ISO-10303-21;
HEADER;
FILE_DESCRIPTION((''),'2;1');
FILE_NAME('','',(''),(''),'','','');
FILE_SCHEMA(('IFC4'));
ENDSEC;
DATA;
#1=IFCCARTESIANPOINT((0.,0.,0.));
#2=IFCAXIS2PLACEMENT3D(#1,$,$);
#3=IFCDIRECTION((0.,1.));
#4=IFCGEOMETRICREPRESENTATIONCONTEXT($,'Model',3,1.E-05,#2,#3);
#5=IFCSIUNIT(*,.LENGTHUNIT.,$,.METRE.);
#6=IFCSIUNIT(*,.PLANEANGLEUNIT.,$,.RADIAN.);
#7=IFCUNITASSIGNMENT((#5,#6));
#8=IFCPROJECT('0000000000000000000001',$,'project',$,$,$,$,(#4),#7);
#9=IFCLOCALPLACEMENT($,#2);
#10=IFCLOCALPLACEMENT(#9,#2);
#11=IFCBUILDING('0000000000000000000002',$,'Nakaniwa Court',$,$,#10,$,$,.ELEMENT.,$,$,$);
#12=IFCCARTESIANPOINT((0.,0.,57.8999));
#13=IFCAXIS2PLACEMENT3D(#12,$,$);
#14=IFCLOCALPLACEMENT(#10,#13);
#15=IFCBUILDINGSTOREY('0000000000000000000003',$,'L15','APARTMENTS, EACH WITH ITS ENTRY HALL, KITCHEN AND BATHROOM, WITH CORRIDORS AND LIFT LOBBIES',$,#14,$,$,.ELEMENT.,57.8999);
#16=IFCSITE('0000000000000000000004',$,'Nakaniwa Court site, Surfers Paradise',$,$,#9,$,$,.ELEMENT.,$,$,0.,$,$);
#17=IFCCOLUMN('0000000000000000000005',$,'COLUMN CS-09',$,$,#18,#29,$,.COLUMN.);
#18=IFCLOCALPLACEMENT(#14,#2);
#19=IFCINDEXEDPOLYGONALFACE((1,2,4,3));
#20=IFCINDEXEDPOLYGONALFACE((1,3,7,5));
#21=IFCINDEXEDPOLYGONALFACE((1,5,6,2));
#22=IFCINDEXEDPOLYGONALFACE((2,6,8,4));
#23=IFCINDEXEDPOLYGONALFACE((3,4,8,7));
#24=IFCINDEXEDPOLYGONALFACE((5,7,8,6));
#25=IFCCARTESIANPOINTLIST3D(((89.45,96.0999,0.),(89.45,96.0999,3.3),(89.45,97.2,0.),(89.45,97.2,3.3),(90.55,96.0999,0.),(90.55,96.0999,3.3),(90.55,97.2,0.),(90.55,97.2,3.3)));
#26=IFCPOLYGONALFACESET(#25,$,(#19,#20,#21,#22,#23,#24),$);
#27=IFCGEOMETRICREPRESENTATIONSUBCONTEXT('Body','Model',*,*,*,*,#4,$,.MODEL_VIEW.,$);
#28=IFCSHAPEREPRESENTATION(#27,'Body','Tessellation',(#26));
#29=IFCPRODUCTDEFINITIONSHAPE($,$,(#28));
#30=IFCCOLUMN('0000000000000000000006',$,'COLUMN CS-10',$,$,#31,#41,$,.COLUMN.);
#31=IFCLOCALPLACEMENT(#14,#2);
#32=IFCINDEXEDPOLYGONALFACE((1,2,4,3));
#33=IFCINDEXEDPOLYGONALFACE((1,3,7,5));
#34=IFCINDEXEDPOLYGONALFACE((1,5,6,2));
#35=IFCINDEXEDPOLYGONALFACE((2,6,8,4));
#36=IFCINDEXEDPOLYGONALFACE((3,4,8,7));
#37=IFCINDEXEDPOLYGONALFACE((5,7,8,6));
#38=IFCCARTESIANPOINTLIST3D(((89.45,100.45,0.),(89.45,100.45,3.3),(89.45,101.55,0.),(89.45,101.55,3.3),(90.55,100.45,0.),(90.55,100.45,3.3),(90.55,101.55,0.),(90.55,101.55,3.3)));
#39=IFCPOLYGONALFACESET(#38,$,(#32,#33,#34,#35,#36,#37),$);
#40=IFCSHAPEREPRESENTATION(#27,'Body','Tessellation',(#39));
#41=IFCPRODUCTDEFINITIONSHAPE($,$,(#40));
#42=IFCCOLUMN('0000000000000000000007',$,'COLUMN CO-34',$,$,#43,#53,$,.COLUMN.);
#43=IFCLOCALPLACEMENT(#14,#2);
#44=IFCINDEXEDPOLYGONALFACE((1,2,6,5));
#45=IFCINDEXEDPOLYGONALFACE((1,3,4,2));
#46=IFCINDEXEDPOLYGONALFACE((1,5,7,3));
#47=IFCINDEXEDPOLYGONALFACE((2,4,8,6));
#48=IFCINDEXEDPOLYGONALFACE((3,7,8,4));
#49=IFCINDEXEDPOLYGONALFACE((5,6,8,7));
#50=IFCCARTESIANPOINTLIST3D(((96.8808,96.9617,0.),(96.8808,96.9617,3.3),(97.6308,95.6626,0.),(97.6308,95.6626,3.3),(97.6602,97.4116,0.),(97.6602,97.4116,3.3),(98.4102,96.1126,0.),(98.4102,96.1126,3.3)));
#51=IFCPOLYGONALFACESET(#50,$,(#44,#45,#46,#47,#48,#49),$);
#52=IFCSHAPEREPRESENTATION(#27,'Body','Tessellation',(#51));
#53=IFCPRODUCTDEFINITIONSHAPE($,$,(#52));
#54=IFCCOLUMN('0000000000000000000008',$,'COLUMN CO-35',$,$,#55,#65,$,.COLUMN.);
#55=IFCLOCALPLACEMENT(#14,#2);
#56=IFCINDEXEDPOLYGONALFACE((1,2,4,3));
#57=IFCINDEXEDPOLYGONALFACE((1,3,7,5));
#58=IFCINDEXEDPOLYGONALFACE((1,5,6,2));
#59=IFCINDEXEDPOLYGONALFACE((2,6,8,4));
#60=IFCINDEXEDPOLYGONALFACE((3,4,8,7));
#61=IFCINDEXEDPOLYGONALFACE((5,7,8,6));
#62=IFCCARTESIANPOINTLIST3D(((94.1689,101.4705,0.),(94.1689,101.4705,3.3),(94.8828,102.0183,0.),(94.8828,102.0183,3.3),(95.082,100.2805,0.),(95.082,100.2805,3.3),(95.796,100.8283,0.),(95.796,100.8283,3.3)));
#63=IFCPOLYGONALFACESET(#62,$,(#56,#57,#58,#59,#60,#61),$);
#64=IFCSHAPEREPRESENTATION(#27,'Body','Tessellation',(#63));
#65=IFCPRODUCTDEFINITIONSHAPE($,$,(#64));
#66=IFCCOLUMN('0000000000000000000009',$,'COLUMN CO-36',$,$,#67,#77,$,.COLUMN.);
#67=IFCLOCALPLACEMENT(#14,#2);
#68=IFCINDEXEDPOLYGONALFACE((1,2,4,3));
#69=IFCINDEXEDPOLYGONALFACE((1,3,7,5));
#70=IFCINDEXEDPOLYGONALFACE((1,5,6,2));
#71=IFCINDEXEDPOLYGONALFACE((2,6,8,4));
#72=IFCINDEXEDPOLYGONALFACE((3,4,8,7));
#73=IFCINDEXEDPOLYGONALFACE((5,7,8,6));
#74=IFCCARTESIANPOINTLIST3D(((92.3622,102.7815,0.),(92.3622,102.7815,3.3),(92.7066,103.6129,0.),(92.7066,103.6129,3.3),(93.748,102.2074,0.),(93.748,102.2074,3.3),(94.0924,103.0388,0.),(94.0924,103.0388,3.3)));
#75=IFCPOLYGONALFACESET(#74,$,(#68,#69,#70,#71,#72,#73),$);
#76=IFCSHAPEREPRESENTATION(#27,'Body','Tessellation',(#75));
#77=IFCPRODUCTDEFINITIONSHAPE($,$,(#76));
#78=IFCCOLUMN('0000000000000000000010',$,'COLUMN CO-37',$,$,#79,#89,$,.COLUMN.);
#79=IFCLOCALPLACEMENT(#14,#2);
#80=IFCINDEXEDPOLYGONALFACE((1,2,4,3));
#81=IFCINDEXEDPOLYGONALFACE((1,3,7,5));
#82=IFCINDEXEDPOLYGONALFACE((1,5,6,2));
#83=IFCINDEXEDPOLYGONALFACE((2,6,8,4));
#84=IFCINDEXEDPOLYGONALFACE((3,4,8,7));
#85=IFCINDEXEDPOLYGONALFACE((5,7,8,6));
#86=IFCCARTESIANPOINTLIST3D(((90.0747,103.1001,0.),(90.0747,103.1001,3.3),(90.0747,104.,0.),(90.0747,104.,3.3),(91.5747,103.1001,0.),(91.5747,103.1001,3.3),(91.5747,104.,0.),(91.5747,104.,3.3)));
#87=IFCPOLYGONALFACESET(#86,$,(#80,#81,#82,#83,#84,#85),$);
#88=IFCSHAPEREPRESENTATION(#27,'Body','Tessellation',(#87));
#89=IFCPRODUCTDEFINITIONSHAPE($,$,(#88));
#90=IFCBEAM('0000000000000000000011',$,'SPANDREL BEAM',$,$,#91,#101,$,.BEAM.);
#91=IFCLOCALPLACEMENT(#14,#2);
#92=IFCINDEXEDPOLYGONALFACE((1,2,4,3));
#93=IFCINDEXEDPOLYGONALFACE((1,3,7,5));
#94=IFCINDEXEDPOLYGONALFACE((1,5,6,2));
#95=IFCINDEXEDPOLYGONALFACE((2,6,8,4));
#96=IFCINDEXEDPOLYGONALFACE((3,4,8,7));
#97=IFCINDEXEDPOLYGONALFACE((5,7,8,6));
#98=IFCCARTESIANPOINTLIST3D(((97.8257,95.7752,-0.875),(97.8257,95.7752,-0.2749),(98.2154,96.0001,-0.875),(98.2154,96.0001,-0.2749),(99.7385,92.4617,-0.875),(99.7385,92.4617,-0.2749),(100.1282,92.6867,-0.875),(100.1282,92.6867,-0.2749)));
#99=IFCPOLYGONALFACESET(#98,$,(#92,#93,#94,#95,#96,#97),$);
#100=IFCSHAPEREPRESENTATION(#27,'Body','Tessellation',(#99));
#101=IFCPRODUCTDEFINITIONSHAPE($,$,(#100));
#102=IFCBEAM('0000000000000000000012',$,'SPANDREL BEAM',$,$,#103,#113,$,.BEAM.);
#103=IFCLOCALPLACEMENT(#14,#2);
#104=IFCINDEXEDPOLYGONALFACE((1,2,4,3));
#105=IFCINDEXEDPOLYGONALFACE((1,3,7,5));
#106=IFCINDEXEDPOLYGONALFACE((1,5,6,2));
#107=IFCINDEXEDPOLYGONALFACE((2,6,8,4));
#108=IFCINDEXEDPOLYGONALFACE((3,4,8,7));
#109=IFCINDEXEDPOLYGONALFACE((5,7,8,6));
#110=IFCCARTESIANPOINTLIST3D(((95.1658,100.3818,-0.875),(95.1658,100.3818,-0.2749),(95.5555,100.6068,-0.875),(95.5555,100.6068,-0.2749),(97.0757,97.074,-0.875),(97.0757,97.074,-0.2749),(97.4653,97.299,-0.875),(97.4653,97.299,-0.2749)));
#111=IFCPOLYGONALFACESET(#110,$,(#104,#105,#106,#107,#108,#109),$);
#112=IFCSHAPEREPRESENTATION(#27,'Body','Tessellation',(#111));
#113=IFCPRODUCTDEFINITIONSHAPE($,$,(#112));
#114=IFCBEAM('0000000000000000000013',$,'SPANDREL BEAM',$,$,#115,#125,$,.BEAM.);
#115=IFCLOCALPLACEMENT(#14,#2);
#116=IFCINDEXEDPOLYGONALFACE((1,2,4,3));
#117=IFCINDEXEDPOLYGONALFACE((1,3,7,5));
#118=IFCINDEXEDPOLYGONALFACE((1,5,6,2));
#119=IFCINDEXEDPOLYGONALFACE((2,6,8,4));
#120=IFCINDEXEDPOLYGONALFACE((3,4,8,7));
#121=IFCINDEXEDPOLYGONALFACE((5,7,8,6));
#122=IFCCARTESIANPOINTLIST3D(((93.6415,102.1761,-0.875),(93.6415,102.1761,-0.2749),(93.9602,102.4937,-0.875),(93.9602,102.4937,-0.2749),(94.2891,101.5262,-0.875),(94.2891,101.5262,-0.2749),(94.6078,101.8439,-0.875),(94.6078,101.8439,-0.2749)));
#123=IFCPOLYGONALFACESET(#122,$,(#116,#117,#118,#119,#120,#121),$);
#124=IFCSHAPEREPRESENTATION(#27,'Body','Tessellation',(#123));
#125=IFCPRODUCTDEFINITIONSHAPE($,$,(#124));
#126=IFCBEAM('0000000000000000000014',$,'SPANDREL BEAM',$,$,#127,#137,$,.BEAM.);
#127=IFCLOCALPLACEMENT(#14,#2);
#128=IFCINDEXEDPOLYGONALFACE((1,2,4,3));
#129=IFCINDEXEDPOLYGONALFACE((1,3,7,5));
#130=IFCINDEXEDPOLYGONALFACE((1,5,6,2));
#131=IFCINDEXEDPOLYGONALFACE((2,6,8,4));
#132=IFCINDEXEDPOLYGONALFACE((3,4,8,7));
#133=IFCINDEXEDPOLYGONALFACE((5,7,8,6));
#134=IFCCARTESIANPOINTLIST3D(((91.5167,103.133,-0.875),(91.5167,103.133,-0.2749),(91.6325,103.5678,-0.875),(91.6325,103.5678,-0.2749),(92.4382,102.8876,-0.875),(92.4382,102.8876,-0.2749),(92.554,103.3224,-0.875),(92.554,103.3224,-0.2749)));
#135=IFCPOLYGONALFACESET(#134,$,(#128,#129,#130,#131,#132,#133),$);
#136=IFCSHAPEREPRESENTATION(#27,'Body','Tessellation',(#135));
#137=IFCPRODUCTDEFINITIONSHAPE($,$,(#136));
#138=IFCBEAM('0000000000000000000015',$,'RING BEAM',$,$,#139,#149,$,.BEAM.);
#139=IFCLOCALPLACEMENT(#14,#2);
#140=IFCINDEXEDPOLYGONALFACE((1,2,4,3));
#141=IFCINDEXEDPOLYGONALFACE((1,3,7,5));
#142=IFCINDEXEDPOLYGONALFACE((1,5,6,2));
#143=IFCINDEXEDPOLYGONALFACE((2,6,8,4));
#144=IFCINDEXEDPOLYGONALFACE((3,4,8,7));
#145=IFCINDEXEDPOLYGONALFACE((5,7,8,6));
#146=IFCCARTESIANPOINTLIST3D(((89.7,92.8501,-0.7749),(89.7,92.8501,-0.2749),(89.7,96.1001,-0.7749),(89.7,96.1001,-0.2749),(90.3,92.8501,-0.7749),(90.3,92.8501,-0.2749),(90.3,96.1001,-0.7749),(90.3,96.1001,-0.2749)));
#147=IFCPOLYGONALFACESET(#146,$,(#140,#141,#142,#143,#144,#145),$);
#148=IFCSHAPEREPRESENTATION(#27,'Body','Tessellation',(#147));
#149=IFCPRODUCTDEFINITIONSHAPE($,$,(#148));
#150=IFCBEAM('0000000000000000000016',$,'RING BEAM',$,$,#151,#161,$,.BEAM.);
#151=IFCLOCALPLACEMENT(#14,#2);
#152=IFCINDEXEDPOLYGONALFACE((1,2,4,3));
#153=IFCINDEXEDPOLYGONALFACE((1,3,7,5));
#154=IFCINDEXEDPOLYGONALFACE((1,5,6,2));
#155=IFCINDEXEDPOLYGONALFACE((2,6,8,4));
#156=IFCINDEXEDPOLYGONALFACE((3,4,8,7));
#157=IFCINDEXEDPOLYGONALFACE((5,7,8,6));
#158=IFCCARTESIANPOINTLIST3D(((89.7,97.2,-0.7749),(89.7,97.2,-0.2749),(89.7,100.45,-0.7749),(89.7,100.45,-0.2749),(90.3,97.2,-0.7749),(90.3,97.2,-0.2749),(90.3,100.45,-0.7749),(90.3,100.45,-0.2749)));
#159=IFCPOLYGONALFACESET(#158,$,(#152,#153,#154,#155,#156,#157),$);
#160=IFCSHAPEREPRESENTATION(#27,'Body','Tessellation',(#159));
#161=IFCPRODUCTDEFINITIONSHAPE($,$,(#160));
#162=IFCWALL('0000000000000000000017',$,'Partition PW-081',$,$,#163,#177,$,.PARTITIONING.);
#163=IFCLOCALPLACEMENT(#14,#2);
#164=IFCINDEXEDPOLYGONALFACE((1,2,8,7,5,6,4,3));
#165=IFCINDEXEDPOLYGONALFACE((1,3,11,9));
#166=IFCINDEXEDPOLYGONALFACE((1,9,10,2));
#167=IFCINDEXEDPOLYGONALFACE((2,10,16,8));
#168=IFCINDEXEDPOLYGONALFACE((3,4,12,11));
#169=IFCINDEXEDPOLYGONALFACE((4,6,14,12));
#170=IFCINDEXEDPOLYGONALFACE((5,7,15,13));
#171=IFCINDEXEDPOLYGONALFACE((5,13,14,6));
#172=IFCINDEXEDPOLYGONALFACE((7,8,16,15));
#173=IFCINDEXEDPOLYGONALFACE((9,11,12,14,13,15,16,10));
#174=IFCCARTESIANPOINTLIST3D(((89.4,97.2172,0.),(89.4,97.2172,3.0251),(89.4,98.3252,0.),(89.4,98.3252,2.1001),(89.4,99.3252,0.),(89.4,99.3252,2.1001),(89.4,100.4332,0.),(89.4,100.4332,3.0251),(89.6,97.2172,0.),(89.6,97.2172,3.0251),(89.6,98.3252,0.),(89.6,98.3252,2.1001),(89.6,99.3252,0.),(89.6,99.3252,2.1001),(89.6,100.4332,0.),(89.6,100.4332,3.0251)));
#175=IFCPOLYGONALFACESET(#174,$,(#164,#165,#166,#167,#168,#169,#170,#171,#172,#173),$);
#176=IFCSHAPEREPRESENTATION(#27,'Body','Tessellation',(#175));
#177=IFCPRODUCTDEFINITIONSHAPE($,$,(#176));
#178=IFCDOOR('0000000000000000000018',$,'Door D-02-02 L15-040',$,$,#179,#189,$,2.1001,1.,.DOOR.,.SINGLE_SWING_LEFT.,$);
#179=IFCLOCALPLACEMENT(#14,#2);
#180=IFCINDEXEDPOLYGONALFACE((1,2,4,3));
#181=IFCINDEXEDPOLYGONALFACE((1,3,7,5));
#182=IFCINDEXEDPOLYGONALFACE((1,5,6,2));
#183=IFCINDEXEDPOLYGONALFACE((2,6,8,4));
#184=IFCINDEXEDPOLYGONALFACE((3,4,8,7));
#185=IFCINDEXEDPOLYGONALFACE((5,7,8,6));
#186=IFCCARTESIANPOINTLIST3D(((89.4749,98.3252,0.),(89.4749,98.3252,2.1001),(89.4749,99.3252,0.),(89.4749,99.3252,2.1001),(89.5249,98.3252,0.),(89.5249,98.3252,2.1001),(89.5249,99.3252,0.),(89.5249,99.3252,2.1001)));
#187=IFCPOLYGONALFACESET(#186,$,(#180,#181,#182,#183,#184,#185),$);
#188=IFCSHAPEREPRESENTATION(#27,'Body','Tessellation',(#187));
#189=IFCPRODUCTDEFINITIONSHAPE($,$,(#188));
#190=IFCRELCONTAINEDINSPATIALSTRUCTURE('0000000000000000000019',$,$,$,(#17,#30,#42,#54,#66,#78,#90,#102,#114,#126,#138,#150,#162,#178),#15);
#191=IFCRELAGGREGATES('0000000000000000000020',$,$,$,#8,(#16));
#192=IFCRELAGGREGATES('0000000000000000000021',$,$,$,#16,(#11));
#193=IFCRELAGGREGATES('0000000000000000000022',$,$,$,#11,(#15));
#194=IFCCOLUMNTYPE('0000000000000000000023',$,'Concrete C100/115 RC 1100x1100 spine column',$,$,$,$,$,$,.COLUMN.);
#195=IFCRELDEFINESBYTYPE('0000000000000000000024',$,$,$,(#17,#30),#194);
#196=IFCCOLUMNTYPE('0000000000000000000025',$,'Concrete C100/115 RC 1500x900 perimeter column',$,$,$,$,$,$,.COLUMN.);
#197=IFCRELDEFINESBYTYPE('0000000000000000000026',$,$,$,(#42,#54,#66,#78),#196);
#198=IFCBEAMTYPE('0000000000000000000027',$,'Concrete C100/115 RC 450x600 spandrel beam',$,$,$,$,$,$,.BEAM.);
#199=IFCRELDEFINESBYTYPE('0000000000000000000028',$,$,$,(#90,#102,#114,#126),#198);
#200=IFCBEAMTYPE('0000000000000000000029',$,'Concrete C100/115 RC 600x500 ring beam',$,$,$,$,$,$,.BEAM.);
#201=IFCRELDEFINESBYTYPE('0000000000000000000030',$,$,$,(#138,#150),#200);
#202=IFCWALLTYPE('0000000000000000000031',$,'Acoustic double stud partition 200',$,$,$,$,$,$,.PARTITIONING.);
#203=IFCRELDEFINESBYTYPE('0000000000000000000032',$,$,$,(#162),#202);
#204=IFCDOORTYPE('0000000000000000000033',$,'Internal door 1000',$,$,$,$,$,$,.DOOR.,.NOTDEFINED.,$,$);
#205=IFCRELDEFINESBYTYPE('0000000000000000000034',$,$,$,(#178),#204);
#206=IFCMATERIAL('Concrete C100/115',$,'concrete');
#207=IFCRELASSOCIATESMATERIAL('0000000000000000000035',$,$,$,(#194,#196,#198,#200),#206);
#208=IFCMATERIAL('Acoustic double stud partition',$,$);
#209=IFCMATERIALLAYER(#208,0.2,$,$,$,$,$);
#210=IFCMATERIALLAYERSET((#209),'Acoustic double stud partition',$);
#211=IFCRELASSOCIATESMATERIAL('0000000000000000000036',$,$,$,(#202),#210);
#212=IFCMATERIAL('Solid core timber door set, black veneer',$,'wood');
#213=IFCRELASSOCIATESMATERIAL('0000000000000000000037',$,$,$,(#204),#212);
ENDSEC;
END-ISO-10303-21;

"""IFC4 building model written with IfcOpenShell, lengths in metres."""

from ifc_helpers import new_model, si_unit, direction, frame, frame_2d, origin, origin_2d, place, context, subcontext, project, spatial, rectangle, extrude, material, layer, layer_set, material_profile, profile_set, type_object, element, fill, save


model = new_model("IFC4")

# Units and contexts
model_context = context("Model", 3, precision=1e-05, world=origin(), true_north=direction((0.0, 1.0)))
body_context = subcontext(model_context, "Body", "Model", "MODEL_VIEW")
ifc_project = project(units=[si_unit("LENGTHUNIT", "METRE"), si_unit("PLANEANGLEUNIT", "RADIAN")], contexts=[model_context])

# Site, building, storey
site_placement = place(None, origin())
site = spatial("IfcSite", under=ifc_project, at=site_placement, Name="Nakaniwa Court site, Surfers Paradise", CompositionType="ELEMENT", RefElevation=0.0)
building_placement = place(site_placement, origin())
building = spatial("IfcBuilding", under=site, at=building_placement, Name="Nakaniwa Court", CompositionType="ELEMENT")
storey_placement = place(building_placement, frame((0.0, 0.0, 57.8999)))
storey = spatial("IfcBuildingStorey", under=building, at=storey_placement, Name="L15", Description="APARTMENTS, EACH WITH ITS ENTRY HALL, KITCHEN AND BATHROOM, WITH CORRIDORS AND LIFT LOBBIES", CompositionType="ELEMENT", Elevation=57.8999)

# Columns
ifc_material_1 = material(Name="Concrete C100/115", Category="concrete")
ifc_material_profile_1 = material_profile(ifc_material_1, rectangle(XDim=1.1001, YDim=1.1001, at=origin_2d()), Name="Concrete C100/115 RC 1100x1100 spine column")
ifc_profile_set_1 = profile_set([ifc_material_profile_1], Name="Concrete C100/115")
column_type_1 = type_object("IfcColumnType", Name="Concrete C100/115 RC 1100x1100 spine column", PredefinedType="COLUMN", material=ifc_profile_set_1)
for number, where, z_axis, x_axis, name in (
    (1, (90.0, 96.6499, 0.0), (0.0, 0.0, 1.0), (0.0, 1.0, 0.0), "COLUMN CS-09"),
    (2, (90.0, 101.0, 0.0), (0.0, 0.0, 1.0), (0.0, 1.0, 0.0), "COLUMN CS-10"),
):
    element("IfcColumn", number, at=place(storey_placement, frame(where, z_axis=z_axis, x_axis=x_axis)), inside=storey, type_object=column_type_1, Name=name, PredefinedType="COLUMN", context=body_context, shape_type="SweptSolid", body=[
        extrude(rectangle(XDim=1.1001, YDim=1.1001, at=origin_2d()), origin(), (0.0, 0.0, 1.0), 3.3),
    ])
ifc_material_profile_2 = material_profile(ifc_material_1, rectangle(XDim=1.5, YDim=0.8999, at=origin_2d()), Name="Concrete C100/115 RC 1500x900 perimeter column")
ifc_profile_set_2 = profile_set([ifc_material_profile_2], Name="Concrete C100/115")
column_type_2 = type_object("IfcColumnType", Name="Concrete C100/115 RC 1500x900 perimeter column", PredefinedType="COLUMN", material=ifc_profile_set_2)
for number, where, z_axis, x_axis, name in (
    (3, (97.6455, 96.5371, 0.0), (0.0, 0.0, 1.0), (-0.5, 0.866025, 0.0), "COLUMN CO-34"),
    (4, (94.9824, 101.1494, 0.0), (0.0, 0.0, 1.0), (-0.608761, 0.793353, 0.0), "COLUMN CO-35"),
    (5, (93.2273, 102.9102, 0.0), (0.0, 0.0, 1.0), (-0.92388, 0.382683, 0.0), "COLUMN CO-36"),
    (6, (90.8247, 103.55, 0.0), (0.0, 0.0, 1.0), (-1.0, 0.0, 0.0), "COLUMN CO-37"),
):
    element("IfcColumn", number, at=place(storey_placement, frame(where, z_axis=z_axis, x_axis=x_axis)), inside=storey, type_object=column_type_2, Name=name, PredefinedType="COLUMN", context=body_context, shape_type="SweptSolid", body=[
        extrude(rectangle(XDim=1.5, YDim=0.8999, at=origin_2d()), origin(), (0.0, 0.0, 1.0), 3.3),
    ])

# Beams
ifc_material_profile_3 = material_profile(ifc_material_1, rectangle(XDim=0.45, YDim=0.6001, at=origin_2d()), Name="Concrete C100/115 RC 450x600 spandrel beam")
ifc_profile_set_3 = profile_set([ifc_material_profile_3], Name="Concrete C100/115")
beam_type_1 = type_object("IfcBeamType", Name="Concrete C100/115 RC 450x600 spandrel beam", PredefinedType="BEAM", material=ifc_profile_set_3)
beam_1_placement = place(storey_placement, frame((99.9333, 92.5742, -0.575), z_axis=(-0.499962, 0.866047, 0.0), x_axis=(-0.866047, -0.499962, 0.0)))
element("IfcBeam", 7, at=beam_1_placement, inside=storey, type_object=beam_type_1, Name="SPANDREL BEAM", PredefinedType="BEAM", context=body_context, shape_type="SweptSolid", body=[
    extrude(rectangle(XDim=0.45, YDim=0.6001, at=origin_2d()), origin(), (0.0, 0.0, 1.0), 3.8259),
])
beam_2_placement = place(storey_placement, frame((97.2705, 97.1865, -0.575), z_axis=(-0.500023, 0.866012, 0.0), x_axis=(-0.866012, -0.500023, 0.0)))
element("IfcBeam", 8, at=beam_2_placement, inside=storey, type_object=beam_type_1, Name="SPANDREL BEAM", PredefinedType="BEAM", context=body_context, shape_type="SweptSolid", body=[
    extrude(rectangle(XDim=0.45, YDim=0.6001, at=origin_2d()), origin(), (0.0, 0.0, 1.0), 3.8196),
])
beam_3_placement = place(storey_placement, frame((94.4485, 101.6851, -0.575), z_axis=(-0.705908, 0.708303, 0.0), x_axis=(-0.708303, -0.705908, 0.0)))
element("IfcBeam", 9, at=beam_3_placement, inside=storey, type_object=beam_type_1, Name="SPANDREL BEAM", PredefinedType="BEAM", context=body_context, shape_type="SweptSolid", body=[
    extrude(rectangle(XDim=0.45, YDim=0.6001, at=origin_2d()), origin(), (0.0, 0.0, 1.0), 0.9175),
])
beam_4_placement = place(storey_placement, frame((92.4961, 103.105, -0.575), z_axis=(-0.966324, 0.257328, 0.0), x_axis=(-0.257328, -0.966324, 0.0)))
element("IfcBeam", 10, at=beam_4_placement, inside=storey, type_object=beam_type_1, Name="SPANDREL BEAM", PredefinedType="BEAM", context=body_context, shape_type="SweptSolid", body=[
    extrude(rectangle(XDim=0.45, YDim=0.6001, at=origin_2d()), origin(), (0.0, 0.0, 1.0), 0.9536),
])
ifc_material_profile_4 = material_profile(ifc_material_1, rectangle(XDim=0.6001, YDim=0.5, at=origin_2d()), Name="Concrete C100/115 RC 600x500 ring beam")
ifc_profile_set_4 = profile_set([ifc_material_profile_4], Name="Concrete C100/115")
beam_type_2 = type_object("IfcBeamType", Name="Concrete C100/115 RC 600x500 ring beam", PredefinedType="BEAM", material=ifc_profile_set_4)
for number, where, z_axis, x_axis, name in (
    (11, (90.0, 92.8501, -0.5249), (0.0, 1.0, 0.0), (-1.0, 0.0, 0.0), "RING BEAM"),
    (12, (90.0, 97.2, -0.5249), (0.0, 1.0, 0.0), (-1.0, 0.0, 0.0), "RING BEAM"),
):
    element("IfcBeam", number, at=place(storey_placement, frame(where, z_axis=z_axis, x_axis=x_axis)), inside=storey, type_object=beam_type_2, Name=name, PredefinedType="BEAM", context=body_context, shape_type="SweptSolid", body=[
        extrude(rectangle(XDim=0.6001, YDim=0.5, at=origin_2d()), origin(), (0.0, 0.0, 1.0), 3.25),
    ])

# Wall, opening, door
ifc_material_2 = material(Name="Acoustic double stud partition")
ifc_layer_1 = layer(ifc_material_2, 0.2)
ifc_layer_set_1 = layer_set([ifc_layer_1], Name="Acoustic double stud partition")
wall_type_1 = type_object("IfcWallType", Name="Acoustic double stud partition 200", PredefinedType="PARTITIONING", material=ifc_layer_set_1)
wall_1_placement = place(storey_placement, frame((89.5, 100.4331, 0.0), z_axis=(0.0, 0.0, 1.0), x_axis=(0.0, -1.0, 0.0)))
wall_1 = element("IfcWall", 13, at=wall_1_placement, inside=storey, type_object=wall_type_1, Name="Partition PW-081", PredefinedType="PARTITIONING", context=body_context, shape_type="SweptSolid", body=[
    extrude(rectangle(XDim=3.2161, YDim=0.2, at=frame_2d((1.6079, 0.0))), origin(), (0.0, 0.0, 1.0), 3.0251),
])
opening_1_placement = place(wall_1_placement, frame((1.1079, 0.0, 0.0)))
opening_1 = element("IfcOpeningElement", 14, at=opening_1_placement, cuts=wall_1, PredefinedType="OPENING", context=body_context, shape_type="SweptSolid", body=[
    extrude(rectangle(XDim=1.0, YDim=2.1001, at=frame_2d((0.5, 1.05))), frame((0.0, 0.1099, 0.0), z_axis=(0.0, -1.0, 0.0), x_axis=(1.0, 0.0, 0.0)), (0.0, 0.0, 1.0), 0.22),
])
ifc_material_3 = material(Name="Solid core timber door set, black veneer", Category="wood")
door_type = type_object("IfcDoorType", Name="Internal door 1000", OperationType="NOTDEFINED", PredefinedType="DOOR", material=ifc_material_3)
door_placement = place(opening_1_placement, origin())
door = element("IfcDoor", 15, at=door_placement, inside=storey, type_object=door_type, Name="Door D-02-02 L15-040", OperationType="SINGLE_SWING_LEFT", OverallHeight=2.1001, OverallWidth=1.0, PredefinedType="DOOR", context=body_context, shape_type="SweptSolid", body=[
    extrude(rectangle(XDim=1.0, YDim=2.1001, at=frame_2d((0.5, 1.05))), frame((0.0, 0.0249, 0.0), z_axis=(0.0, -1.0, 0.0), x_axis=(1.0, 0.0, 0.0)), (0.0, 0.0, 1.0), 0.05),
])
fill(opening_1, door)

save(model, "model.ifc")
